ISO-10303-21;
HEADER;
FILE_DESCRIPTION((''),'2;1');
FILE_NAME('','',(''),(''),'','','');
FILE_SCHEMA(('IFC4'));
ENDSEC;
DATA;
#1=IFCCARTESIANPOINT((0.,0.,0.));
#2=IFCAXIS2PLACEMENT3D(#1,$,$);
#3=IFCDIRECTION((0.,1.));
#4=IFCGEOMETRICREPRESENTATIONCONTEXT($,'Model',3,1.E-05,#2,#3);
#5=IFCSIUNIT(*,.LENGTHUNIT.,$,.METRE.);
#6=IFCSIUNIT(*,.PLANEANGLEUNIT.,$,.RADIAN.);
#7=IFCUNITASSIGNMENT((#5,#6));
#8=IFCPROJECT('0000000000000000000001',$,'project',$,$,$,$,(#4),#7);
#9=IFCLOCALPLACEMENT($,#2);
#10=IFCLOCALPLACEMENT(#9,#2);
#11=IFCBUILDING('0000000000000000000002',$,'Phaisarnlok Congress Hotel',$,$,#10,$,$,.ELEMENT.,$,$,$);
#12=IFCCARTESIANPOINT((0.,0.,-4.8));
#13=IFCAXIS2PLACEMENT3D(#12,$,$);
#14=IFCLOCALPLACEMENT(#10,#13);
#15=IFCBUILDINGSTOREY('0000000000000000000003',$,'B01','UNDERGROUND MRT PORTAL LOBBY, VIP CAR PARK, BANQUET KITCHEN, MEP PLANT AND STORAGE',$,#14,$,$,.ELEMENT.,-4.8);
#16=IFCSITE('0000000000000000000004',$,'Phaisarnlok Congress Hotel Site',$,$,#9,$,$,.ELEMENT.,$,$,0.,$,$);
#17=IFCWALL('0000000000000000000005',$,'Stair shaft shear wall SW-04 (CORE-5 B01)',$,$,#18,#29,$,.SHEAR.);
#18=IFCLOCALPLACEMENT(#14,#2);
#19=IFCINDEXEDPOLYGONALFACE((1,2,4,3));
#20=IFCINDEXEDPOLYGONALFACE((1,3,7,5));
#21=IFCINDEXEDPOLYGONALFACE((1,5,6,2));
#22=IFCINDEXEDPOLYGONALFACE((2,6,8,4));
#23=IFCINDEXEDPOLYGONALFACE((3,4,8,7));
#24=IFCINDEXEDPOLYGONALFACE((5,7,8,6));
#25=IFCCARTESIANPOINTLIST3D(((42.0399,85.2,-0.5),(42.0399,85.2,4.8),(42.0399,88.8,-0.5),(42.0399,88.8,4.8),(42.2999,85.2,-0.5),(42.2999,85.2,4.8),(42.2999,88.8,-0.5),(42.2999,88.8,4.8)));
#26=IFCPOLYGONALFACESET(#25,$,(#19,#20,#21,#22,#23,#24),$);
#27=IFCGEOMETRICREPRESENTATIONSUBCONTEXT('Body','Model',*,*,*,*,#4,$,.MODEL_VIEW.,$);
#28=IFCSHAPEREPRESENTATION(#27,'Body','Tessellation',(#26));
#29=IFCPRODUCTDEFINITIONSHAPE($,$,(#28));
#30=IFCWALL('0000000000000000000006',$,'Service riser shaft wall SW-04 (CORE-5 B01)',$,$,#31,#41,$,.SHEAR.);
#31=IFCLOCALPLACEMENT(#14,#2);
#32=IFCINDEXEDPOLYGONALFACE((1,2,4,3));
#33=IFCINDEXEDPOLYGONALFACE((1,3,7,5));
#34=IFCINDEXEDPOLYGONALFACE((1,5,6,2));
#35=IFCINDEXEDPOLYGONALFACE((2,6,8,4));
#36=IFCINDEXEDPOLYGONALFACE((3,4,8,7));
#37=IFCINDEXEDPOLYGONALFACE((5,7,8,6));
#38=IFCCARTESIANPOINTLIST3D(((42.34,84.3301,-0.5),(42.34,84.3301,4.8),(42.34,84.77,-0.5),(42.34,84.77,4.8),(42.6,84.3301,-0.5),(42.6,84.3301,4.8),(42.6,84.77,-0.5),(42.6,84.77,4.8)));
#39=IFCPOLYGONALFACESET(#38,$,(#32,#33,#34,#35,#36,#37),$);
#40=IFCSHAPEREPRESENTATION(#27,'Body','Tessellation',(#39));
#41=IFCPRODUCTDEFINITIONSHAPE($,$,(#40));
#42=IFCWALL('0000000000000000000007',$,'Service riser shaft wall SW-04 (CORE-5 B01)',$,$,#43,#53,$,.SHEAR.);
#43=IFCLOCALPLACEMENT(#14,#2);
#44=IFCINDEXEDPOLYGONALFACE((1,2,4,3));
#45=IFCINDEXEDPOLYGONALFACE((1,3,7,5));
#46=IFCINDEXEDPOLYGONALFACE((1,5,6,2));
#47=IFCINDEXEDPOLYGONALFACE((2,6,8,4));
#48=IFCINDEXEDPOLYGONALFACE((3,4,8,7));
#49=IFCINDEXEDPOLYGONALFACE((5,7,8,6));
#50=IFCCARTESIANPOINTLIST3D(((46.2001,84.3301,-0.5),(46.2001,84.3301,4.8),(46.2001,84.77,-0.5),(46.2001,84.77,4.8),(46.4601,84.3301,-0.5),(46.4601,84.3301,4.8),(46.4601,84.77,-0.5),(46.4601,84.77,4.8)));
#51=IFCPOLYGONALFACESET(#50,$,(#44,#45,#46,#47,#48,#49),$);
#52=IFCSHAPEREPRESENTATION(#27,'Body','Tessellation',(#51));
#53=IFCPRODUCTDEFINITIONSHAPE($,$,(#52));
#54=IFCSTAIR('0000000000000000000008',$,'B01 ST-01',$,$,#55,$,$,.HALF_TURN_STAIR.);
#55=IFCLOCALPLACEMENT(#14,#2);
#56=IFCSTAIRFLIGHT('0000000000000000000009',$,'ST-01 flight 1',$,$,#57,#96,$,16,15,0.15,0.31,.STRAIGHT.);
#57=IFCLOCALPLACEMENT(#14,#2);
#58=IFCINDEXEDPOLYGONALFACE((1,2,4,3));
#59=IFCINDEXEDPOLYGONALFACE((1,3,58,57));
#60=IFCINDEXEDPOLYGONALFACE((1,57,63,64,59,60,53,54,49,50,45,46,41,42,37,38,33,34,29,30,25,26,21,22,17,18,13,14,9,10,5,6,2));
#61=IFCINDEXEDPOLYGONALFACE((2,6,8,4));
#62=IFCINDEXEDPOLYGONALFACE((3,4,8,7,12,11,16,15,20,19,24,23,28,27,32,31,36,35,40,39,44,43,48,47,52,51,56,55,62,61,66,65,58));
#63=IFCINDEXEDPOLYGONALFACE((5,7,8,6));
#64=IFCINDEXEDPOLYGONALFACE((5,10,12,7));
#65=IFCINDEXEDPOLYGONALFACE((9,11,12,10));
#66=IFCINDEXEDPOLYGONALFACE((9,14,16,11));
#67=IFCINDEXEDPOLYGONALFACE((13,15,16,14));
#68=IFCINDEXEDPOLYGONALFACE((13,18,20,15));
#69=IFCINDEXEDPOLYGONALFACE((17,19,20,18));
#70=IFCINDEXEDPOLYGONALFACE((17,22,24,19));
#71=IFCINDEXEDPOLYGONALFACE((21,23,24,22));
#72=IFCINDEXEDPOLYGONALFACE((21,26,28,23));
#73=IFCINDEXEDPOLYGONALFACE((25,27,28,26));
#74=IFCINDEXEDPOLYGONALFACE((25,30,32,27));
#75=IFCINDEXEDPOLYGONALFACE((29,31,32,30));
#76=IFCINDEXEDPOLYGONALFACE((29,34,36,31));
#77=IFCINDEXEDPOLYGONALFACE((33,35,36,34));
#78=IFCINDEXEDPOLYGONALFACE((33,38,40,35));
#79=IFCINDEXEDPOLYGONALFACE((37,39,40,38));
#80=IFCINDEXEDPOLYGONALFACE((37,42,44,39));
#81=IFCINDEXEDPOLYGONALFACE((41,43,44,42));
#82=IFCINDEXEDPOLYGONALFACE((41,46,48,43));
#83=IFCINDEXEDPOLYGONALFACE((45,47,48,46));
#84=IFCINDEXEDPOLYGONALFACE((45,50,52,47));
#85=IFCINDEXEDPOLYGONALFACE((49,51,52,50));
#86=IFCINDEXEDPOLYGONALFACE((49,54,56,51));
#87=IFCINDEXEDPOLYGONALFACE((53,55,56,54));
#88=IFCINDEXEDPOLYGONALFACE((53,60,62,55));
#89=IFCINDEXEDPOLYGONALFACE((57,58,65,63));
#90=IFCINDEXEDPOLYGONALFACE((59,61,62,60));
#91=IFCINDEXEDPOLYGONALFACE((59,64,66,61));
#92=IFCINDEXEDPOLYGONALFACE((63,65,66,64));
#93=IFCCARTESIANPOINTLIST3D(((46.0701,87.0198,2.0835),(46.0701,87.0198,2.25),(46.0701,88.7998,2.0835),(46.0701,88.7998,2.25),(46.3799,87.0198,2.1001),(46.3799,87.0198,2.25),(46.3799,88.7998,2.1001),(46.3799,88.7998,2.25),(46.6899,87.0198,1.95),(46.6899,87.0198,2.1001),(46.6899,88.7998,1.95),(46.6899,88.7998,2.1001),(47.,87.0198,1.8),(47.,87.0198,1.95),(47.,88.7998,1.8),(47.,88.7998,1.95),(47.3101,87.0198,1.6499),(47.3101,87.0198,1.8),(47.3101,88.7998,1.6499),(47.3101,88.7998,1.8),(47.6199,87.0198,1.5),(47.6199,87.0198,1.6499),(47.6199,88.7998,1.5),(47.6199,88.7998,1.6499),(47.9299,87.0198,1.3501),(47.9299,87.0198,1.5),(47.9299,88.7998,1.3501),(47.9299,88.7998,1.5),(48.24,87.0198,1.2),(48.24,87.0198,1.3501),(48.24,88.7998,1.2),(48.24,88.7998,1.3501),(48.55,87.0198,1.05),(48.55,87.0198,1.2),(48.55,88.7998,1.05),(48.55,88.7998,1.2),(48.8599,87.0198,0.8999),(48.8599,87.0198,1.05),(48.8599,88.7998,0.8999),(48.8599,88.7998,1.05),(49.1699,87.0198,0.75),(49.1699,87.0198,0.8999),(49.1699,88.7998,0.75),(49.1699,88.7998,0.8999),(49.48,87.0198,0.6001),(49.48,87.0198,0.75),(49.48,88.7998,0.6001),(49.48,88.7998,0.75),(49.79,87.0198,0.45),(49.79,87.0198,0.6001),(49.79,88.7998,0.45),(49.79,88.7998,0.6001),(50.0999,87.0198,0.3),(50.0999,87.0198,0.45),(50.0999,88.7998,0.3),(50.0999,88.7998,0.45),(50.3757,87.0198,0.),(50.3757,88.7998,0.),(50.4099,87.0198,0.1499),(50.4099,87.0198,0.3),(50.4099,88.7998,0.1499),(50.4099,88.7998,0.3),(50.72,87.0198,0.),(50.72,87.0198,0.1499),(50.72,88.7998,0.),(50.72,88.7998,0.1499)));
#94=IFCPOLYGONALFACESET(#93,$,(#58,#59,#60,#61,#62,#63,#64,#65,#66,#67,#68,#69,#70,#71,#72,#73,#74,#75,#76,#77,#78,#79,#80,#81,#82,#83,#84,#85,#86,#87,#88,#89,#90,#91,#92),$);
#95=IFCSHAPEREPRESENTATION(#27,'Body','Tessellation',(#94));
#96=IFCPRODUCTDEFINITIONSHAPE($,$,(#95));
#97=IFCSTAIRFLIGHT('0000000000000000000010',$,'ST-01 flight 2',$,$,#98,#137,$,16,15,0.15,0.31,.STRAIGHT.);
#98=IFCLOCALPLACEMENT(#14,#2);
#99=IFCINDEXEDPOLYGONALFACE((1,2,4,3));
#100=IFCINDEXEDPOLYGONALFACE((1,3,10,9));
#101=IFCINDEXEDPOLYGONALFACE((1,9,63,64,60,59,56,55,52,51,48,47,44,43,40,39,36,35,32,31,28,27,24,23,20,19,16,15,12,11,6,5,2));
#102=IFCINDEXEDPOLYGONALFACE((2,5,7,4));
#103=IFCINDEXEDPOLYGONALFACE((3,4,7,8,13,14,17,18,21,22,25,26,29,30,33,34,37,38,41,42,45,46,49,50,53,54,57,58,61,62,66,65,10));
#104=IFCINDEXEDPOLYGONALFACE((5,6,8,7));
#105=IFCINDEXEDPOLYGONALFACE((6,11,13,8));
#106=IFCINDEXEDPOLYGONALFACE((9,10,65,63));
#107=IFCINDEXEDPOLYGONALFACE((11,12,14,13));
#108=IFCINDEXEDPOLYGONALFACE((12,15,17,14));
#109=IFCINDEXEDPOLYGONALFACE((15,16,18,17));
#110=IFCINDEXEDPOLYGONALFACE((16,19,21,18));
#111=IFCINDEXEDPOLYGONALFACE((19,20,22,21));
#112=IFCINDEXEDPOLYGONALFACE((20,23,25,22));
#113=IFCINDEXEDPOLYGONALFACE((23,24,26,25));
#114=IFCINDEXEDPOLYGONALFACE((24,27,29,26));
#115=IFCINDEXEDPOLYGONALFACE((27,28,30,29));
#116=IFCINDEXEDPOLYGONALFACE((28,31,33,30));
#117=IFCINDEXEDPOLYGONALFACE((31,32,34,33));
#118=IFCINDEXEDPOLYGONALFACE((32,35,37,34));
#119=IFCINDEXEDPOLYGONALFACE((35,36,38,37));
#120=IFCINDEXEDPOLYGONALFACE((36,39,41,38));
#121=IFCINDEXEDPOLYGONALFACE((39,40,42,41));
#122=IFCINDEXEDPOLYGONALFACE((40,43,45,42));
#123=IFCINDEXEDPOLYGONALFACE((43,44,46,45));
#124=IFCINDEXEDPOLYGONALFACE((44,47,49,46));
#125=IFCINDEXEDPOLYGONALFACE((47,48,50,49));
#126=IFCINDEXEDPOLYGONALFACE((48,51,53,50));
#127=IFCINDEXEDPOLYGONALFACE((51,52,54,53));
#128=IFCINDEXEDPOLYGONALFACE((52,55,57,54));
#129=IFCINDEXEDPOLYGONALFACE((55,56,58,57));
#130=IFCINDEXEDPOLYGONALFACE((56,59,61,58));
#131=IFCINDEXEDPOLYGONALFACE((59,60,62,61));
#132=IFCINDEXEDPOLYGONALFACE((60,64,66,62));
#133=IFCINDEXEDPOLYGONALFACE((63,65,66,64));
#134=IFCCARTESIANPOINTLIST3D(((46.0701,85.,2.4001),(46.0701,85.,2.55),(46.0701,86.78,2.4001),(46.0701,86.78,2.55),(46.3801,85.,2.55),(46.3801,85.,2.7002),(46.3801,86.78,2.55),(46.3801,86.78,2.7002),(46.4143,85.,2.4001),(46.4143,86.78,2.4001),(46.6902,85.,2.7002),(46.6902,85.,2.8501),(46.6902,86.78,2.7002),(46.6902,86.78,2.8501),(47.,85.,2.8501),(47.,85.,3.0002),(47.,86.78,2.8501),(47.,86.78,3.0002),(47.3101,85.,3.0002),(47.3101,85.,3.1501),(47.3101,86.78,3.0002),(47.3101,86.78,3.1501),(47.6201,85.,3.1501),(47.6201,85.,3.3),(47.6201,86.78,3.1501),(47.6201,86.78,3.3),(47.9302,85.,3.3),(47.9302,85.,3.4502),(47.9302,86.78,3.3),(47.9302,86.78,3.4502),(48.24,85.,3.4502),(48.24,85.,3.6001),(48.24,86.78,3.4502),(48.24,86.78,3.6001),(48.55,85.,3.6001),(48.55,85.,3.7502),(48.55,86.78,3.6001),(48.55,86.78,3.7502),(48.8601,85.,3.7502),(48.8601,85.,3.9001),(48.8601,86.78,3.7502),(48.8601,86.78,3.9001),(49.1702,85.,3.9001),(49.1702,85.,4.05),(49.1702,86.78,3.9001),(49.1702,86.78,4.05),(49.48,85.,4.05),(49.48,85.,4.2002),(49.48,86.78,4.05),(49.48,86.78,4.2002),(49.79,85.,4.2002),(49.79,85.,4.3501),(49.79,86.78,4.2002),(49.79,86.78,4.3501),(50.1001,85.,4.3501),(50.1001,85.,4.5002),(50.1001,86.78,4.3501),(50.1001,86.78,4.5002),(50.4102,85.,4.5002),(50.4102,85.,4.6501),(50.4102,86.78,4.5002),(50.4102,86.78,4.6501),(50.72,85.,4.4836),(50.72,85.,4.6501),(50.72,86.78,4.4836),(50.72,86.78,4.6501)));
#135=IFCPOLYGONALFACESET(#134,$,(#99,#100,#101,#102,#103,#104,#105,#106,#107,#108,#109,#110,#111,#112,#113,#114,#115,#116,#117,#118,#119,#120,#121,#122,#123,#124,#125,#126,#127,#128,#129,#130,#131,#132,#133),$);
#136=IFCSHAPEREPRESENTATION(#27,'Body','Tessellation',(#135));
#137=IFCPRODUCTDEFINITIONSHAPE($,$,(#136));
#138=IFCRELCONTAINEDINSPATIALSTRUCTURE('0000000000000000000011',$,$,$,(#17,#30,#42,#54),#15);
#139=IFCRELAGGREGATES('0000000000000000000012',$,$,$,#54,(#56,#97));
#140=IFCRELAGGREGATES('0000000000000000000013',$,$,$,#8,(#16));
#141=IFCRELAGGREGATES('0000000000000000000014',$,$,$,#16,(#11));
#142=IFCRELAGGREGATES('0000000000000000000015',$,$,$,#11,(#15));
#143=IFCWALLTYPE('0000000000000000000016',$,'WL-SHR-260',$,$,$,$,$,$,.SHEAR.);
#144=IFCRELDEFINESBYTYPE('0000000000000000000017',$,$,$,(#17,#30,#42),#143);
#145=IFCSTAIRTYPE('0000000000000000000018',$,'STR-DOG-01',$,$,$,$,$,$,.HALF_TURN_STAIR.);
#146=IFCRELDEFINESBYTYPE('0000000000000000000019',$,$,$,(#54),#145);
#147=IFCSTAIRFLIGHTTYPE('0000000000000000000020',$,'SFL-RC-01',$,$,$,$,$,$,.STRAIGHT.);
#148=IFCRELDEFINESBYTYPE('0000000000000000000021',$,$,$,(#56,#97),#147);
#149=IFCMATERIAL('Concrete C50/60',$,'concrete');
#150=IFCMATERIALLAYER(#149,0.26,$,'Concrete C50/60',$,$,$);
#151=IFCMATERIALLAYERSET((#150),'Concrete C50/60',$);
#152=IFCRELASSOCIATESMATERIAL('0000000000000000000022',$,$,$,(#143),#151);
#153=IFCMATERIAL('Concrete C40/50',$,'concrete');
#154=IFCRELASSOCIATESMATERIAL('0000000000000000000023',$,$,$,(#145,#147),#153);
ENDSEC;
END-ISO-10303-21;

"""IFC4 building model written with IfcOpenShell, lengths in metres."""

from ifc_helpers import new_model, si_unit, direction, frame, frame_2d, origin, place, context, subcontext, project, spatial, polyline, rectangle, outline, extrude, material, layer, layer_set, type_object, element, aggregate, save


model = new_model("IFC4")

# Units and contexts
model_context = context("Model", 3, precision=1e-05, world=origin(), true_north=direction((0.0, 1.0)))
body_context = subcontext(model_context, "Body", "Model", "MODEL_VIEW")
ifc_project = project(units=[si_unit("LENGTHUNIT", "METRE"), si_unit("PLANEANGLEUNIT", "RADIAN")], contexts=[model_context])

# Site, building, storey
site_placement = place(None, origin())
site = spatial("IfcSite", under=ifc_project, at=site_placement, Name="Phaisarnlok Congress Hotel Site", CompositionType="ELEMENT", RefElevation=0.0)
building_placement = place(site_placement, origin())
building = spatial("IfcBuilding", under=site, at=building_placement, Name="Phaisarnlok Congress Hotel", CompositionType="ELEMENT")
storey_placement = place(building_placement, frame((0.0, 0.0, -4.8)))
storey = spatial("IfcBuildingStorey", under=building, at=storey_placement, Name="B01", Description="UNDERGROUND MRT PORTAL LOBBY, VIP CAR PARK, BANQUET KITCHEN, MEP PLANT AND STORAGE", CompositionType="ELEMENT", Elevation=-4.8)

# Shared definitions
ifc_material_1 = material(Name="Concrete C40/50", Category="concrete")

# Shared definitions
ifc_material_2 = material(Name="Concrete C50/60", Category="concrete")

# Walls
ifc_layer_1 = layer(ifc_material_2, 0.26, Name="Concrete C50/60")
ifc_layer_set_1 = layer_set([ifc_layer_1], Name="Concrete C50/60")
wall_type_1 = type_object("IfcWallType", Name="WL-SHR-260", PredefinedType="SHEAR", material=ifc_layer_set_1)
wall_1_placement = place(storey_placement, frame((42.1699, 85.2, -0.5), z_axis=(0.0, 0.0, 1.0), x_axis=(0.0, 1.0, 0.0)))
element("IfcWall", 1, at=wall_1_placement, inside=storey, type_object=wall_type_1, Name="Stair shaft shear wall SW-04 (CORE-5 B01)", PredefinedType="SHEAR", context=body_context, shape_type="SweptSolid", body=[
    extrude(rectangle(XDim=3.6001, YDim=0.26, at=frame_2d((1.8, 0.0))), origin(), (0.0, 0.0, 1.0), 5.3),
])
for number, where, z_axis, x_axis, name in (
    (2, (42.47, 84.3301, -0.5), (0.0, 0.0, 1.0), (0.0, 1.0, 0.0), "Service riser shaft wall SW-04 (CORE-5 B01)"),
    (3, (46.3301, 84.3301, -0.5), (0.0, 0.0, 1.0), (0.0, 1.0, 0.0), "Service riser shaft wall SW-04 (CORE-5 B01)"),
):
    element("IfcWall", number, at=place(storey_placement, frame(where, z_axis=z_axis, x_axis=x_axis)), inside=storey, type_object=wall_type_1, Name=name, PredefinedType="SHEAR", context=body_context, shape_type="SweptSolid", body=[
        extrude(rectangle(XDim=0.4399, YDim=0.26, at=frame_2d((0.22, 0.0))), origin(), (0.0, 0.0, 1.0), 5.3),
    ])

# Stair, stair flights
stair_type = type_object("IfcStairType", Name="STR-DOG-01", PredefinedType="HALF_TURN_STAIR", material=ifc_material_1)
stair_placement = place(storey_placement, origin())
stair = element("IfcStair", 4, at=stair_placement, inside=storey, type_object=stair_type, Name="B01 ST-01", PredefinedType="HALF_TURN_STAIR")
stair_flight_type = type_object("IfcStairFlightType", Name="SFL-RC-01", PredefinedType="STRAIGHT", material=ifc_material_1)
stair_flight_1_placement = place(storey_placement, frame((50.72, 87.9099, 0.0), z_axis=(0.0, 0.0, 1.0), x_axis=(-1.0, 0.0, 0.0)))
stair_flight_1 = element("IfcStairFlight", 5, at=stair_flight_1_placement, type_object=stair_flight_type, Name="ST-01 flight 1", NumberOfRisers=16, NumberOfTreads=15, PredefinedType="STRAIGHT", RiserHeight=0.15, TreadLength=0.31, context=body_context, shape_type="SweptSolid", body=[
    extrude(outline(polyline([(0.0, 0.0), (0.0, 0.1499), (0.3101, 0.1499), (0.3101, 0.3), (0.6201, 0.3), (0.6201, 0.45), (0.9299, 0.45), (0.9299, 0.6001), (1.24, 0.6001), (1.24, 0.75), (1.55, 0.75), (1.55, 0.8999), (1.8601, 0.8999), (1.8601, 1.05), (2.1699, 1.05), (2.1699, 1.2), (2.48, 1.2), (2.48, 1.3501), (2.79, 1.3501), (2.79, 1.5), (3.1001, 1.5), (3.1001, 1.6499), (3.4099, 1.6499), (3.4099, 1.8), (3.72, 1.8), (3.72, 1.95), (4.03, 1.95), (4.03, 2.1001), (4.3401, 2.1001), (4.3401, 2.25), (4.6499, 2.25), (4.6499, 2.3999), (4.6499, 2.0835), (0.3442, 0.0), (0.0, 0.0)])), frame((0.0, 0.8901, 0.0), z_axis=(0.0, -1.0, 0.0), x_axis=(1.0, 0.0, 0.0)), (0.0, 0.0, 1.0), 1.78),
])
stair_flight_2_placement = place(storey_placement, frame((46.0701, 85.8899, 2.4001), z_axis=(0.0, 0.0, 1.0), x_axis=(1.0, 0.0, 0.0)))
stair_flight_2 = element("IfcStairFlight", 6, at=stair_flight_2_placement, type_object=stair_flight_type, Name="ST-01 flight 2", NumberOfRisers=16, NumberOfTreads=15, PredefinedType="STRAIGHT", RiserHeight=0.15, TreadLength=0.31, context=body_context, shape_type="SweptSolid", body=[
    extrude(outline(polyline([(0.0, 0.0), (0.0, 0.1499), (0.3101, 0.1499), (0.3101, 0.3), (0.6201, 0.3), (0.6201, 0.45), (0.9299, 0.45), (0.9299, 0.6001), (1.24, 0.6001), (1.24, 0.75), (1.55, 0.75), (1.55, 0.8999), (1.8601, 0.8999), (1.8601, 1.05), (2.1699, 1.05), (2.1699, 1.2), (2.48, 1.2), (2.48, 1.3501), (2.79, 1.3501), (2.79, 1.5), (3.1001, 1.5), (3.1001, 1.6499), (3.4099, 1.6499), (3.4099, 1.8), (3.72, 1.8), (3.72, 1.95), (4.03, 1.95), (4.03, 2.1001), (4.3401, 2.1001), (4.3401, 2.25), (4.6499, 2.25), (4.6499, 2.3999), (4.6499, 2.0835), (0.3442, 0.0), (0.0, 0.0)])), frame((0.0, 0.8901, 0.0), z_axis=(0.0, -1.0, 0.0), x_axis=(1.0, 0.0, 0.0)), (0.0, 0.0, 1.0), 1.78),
])
aggregate(stair, [stair_flight_1, stair_flight_2])

save(model, "model.ifc")
